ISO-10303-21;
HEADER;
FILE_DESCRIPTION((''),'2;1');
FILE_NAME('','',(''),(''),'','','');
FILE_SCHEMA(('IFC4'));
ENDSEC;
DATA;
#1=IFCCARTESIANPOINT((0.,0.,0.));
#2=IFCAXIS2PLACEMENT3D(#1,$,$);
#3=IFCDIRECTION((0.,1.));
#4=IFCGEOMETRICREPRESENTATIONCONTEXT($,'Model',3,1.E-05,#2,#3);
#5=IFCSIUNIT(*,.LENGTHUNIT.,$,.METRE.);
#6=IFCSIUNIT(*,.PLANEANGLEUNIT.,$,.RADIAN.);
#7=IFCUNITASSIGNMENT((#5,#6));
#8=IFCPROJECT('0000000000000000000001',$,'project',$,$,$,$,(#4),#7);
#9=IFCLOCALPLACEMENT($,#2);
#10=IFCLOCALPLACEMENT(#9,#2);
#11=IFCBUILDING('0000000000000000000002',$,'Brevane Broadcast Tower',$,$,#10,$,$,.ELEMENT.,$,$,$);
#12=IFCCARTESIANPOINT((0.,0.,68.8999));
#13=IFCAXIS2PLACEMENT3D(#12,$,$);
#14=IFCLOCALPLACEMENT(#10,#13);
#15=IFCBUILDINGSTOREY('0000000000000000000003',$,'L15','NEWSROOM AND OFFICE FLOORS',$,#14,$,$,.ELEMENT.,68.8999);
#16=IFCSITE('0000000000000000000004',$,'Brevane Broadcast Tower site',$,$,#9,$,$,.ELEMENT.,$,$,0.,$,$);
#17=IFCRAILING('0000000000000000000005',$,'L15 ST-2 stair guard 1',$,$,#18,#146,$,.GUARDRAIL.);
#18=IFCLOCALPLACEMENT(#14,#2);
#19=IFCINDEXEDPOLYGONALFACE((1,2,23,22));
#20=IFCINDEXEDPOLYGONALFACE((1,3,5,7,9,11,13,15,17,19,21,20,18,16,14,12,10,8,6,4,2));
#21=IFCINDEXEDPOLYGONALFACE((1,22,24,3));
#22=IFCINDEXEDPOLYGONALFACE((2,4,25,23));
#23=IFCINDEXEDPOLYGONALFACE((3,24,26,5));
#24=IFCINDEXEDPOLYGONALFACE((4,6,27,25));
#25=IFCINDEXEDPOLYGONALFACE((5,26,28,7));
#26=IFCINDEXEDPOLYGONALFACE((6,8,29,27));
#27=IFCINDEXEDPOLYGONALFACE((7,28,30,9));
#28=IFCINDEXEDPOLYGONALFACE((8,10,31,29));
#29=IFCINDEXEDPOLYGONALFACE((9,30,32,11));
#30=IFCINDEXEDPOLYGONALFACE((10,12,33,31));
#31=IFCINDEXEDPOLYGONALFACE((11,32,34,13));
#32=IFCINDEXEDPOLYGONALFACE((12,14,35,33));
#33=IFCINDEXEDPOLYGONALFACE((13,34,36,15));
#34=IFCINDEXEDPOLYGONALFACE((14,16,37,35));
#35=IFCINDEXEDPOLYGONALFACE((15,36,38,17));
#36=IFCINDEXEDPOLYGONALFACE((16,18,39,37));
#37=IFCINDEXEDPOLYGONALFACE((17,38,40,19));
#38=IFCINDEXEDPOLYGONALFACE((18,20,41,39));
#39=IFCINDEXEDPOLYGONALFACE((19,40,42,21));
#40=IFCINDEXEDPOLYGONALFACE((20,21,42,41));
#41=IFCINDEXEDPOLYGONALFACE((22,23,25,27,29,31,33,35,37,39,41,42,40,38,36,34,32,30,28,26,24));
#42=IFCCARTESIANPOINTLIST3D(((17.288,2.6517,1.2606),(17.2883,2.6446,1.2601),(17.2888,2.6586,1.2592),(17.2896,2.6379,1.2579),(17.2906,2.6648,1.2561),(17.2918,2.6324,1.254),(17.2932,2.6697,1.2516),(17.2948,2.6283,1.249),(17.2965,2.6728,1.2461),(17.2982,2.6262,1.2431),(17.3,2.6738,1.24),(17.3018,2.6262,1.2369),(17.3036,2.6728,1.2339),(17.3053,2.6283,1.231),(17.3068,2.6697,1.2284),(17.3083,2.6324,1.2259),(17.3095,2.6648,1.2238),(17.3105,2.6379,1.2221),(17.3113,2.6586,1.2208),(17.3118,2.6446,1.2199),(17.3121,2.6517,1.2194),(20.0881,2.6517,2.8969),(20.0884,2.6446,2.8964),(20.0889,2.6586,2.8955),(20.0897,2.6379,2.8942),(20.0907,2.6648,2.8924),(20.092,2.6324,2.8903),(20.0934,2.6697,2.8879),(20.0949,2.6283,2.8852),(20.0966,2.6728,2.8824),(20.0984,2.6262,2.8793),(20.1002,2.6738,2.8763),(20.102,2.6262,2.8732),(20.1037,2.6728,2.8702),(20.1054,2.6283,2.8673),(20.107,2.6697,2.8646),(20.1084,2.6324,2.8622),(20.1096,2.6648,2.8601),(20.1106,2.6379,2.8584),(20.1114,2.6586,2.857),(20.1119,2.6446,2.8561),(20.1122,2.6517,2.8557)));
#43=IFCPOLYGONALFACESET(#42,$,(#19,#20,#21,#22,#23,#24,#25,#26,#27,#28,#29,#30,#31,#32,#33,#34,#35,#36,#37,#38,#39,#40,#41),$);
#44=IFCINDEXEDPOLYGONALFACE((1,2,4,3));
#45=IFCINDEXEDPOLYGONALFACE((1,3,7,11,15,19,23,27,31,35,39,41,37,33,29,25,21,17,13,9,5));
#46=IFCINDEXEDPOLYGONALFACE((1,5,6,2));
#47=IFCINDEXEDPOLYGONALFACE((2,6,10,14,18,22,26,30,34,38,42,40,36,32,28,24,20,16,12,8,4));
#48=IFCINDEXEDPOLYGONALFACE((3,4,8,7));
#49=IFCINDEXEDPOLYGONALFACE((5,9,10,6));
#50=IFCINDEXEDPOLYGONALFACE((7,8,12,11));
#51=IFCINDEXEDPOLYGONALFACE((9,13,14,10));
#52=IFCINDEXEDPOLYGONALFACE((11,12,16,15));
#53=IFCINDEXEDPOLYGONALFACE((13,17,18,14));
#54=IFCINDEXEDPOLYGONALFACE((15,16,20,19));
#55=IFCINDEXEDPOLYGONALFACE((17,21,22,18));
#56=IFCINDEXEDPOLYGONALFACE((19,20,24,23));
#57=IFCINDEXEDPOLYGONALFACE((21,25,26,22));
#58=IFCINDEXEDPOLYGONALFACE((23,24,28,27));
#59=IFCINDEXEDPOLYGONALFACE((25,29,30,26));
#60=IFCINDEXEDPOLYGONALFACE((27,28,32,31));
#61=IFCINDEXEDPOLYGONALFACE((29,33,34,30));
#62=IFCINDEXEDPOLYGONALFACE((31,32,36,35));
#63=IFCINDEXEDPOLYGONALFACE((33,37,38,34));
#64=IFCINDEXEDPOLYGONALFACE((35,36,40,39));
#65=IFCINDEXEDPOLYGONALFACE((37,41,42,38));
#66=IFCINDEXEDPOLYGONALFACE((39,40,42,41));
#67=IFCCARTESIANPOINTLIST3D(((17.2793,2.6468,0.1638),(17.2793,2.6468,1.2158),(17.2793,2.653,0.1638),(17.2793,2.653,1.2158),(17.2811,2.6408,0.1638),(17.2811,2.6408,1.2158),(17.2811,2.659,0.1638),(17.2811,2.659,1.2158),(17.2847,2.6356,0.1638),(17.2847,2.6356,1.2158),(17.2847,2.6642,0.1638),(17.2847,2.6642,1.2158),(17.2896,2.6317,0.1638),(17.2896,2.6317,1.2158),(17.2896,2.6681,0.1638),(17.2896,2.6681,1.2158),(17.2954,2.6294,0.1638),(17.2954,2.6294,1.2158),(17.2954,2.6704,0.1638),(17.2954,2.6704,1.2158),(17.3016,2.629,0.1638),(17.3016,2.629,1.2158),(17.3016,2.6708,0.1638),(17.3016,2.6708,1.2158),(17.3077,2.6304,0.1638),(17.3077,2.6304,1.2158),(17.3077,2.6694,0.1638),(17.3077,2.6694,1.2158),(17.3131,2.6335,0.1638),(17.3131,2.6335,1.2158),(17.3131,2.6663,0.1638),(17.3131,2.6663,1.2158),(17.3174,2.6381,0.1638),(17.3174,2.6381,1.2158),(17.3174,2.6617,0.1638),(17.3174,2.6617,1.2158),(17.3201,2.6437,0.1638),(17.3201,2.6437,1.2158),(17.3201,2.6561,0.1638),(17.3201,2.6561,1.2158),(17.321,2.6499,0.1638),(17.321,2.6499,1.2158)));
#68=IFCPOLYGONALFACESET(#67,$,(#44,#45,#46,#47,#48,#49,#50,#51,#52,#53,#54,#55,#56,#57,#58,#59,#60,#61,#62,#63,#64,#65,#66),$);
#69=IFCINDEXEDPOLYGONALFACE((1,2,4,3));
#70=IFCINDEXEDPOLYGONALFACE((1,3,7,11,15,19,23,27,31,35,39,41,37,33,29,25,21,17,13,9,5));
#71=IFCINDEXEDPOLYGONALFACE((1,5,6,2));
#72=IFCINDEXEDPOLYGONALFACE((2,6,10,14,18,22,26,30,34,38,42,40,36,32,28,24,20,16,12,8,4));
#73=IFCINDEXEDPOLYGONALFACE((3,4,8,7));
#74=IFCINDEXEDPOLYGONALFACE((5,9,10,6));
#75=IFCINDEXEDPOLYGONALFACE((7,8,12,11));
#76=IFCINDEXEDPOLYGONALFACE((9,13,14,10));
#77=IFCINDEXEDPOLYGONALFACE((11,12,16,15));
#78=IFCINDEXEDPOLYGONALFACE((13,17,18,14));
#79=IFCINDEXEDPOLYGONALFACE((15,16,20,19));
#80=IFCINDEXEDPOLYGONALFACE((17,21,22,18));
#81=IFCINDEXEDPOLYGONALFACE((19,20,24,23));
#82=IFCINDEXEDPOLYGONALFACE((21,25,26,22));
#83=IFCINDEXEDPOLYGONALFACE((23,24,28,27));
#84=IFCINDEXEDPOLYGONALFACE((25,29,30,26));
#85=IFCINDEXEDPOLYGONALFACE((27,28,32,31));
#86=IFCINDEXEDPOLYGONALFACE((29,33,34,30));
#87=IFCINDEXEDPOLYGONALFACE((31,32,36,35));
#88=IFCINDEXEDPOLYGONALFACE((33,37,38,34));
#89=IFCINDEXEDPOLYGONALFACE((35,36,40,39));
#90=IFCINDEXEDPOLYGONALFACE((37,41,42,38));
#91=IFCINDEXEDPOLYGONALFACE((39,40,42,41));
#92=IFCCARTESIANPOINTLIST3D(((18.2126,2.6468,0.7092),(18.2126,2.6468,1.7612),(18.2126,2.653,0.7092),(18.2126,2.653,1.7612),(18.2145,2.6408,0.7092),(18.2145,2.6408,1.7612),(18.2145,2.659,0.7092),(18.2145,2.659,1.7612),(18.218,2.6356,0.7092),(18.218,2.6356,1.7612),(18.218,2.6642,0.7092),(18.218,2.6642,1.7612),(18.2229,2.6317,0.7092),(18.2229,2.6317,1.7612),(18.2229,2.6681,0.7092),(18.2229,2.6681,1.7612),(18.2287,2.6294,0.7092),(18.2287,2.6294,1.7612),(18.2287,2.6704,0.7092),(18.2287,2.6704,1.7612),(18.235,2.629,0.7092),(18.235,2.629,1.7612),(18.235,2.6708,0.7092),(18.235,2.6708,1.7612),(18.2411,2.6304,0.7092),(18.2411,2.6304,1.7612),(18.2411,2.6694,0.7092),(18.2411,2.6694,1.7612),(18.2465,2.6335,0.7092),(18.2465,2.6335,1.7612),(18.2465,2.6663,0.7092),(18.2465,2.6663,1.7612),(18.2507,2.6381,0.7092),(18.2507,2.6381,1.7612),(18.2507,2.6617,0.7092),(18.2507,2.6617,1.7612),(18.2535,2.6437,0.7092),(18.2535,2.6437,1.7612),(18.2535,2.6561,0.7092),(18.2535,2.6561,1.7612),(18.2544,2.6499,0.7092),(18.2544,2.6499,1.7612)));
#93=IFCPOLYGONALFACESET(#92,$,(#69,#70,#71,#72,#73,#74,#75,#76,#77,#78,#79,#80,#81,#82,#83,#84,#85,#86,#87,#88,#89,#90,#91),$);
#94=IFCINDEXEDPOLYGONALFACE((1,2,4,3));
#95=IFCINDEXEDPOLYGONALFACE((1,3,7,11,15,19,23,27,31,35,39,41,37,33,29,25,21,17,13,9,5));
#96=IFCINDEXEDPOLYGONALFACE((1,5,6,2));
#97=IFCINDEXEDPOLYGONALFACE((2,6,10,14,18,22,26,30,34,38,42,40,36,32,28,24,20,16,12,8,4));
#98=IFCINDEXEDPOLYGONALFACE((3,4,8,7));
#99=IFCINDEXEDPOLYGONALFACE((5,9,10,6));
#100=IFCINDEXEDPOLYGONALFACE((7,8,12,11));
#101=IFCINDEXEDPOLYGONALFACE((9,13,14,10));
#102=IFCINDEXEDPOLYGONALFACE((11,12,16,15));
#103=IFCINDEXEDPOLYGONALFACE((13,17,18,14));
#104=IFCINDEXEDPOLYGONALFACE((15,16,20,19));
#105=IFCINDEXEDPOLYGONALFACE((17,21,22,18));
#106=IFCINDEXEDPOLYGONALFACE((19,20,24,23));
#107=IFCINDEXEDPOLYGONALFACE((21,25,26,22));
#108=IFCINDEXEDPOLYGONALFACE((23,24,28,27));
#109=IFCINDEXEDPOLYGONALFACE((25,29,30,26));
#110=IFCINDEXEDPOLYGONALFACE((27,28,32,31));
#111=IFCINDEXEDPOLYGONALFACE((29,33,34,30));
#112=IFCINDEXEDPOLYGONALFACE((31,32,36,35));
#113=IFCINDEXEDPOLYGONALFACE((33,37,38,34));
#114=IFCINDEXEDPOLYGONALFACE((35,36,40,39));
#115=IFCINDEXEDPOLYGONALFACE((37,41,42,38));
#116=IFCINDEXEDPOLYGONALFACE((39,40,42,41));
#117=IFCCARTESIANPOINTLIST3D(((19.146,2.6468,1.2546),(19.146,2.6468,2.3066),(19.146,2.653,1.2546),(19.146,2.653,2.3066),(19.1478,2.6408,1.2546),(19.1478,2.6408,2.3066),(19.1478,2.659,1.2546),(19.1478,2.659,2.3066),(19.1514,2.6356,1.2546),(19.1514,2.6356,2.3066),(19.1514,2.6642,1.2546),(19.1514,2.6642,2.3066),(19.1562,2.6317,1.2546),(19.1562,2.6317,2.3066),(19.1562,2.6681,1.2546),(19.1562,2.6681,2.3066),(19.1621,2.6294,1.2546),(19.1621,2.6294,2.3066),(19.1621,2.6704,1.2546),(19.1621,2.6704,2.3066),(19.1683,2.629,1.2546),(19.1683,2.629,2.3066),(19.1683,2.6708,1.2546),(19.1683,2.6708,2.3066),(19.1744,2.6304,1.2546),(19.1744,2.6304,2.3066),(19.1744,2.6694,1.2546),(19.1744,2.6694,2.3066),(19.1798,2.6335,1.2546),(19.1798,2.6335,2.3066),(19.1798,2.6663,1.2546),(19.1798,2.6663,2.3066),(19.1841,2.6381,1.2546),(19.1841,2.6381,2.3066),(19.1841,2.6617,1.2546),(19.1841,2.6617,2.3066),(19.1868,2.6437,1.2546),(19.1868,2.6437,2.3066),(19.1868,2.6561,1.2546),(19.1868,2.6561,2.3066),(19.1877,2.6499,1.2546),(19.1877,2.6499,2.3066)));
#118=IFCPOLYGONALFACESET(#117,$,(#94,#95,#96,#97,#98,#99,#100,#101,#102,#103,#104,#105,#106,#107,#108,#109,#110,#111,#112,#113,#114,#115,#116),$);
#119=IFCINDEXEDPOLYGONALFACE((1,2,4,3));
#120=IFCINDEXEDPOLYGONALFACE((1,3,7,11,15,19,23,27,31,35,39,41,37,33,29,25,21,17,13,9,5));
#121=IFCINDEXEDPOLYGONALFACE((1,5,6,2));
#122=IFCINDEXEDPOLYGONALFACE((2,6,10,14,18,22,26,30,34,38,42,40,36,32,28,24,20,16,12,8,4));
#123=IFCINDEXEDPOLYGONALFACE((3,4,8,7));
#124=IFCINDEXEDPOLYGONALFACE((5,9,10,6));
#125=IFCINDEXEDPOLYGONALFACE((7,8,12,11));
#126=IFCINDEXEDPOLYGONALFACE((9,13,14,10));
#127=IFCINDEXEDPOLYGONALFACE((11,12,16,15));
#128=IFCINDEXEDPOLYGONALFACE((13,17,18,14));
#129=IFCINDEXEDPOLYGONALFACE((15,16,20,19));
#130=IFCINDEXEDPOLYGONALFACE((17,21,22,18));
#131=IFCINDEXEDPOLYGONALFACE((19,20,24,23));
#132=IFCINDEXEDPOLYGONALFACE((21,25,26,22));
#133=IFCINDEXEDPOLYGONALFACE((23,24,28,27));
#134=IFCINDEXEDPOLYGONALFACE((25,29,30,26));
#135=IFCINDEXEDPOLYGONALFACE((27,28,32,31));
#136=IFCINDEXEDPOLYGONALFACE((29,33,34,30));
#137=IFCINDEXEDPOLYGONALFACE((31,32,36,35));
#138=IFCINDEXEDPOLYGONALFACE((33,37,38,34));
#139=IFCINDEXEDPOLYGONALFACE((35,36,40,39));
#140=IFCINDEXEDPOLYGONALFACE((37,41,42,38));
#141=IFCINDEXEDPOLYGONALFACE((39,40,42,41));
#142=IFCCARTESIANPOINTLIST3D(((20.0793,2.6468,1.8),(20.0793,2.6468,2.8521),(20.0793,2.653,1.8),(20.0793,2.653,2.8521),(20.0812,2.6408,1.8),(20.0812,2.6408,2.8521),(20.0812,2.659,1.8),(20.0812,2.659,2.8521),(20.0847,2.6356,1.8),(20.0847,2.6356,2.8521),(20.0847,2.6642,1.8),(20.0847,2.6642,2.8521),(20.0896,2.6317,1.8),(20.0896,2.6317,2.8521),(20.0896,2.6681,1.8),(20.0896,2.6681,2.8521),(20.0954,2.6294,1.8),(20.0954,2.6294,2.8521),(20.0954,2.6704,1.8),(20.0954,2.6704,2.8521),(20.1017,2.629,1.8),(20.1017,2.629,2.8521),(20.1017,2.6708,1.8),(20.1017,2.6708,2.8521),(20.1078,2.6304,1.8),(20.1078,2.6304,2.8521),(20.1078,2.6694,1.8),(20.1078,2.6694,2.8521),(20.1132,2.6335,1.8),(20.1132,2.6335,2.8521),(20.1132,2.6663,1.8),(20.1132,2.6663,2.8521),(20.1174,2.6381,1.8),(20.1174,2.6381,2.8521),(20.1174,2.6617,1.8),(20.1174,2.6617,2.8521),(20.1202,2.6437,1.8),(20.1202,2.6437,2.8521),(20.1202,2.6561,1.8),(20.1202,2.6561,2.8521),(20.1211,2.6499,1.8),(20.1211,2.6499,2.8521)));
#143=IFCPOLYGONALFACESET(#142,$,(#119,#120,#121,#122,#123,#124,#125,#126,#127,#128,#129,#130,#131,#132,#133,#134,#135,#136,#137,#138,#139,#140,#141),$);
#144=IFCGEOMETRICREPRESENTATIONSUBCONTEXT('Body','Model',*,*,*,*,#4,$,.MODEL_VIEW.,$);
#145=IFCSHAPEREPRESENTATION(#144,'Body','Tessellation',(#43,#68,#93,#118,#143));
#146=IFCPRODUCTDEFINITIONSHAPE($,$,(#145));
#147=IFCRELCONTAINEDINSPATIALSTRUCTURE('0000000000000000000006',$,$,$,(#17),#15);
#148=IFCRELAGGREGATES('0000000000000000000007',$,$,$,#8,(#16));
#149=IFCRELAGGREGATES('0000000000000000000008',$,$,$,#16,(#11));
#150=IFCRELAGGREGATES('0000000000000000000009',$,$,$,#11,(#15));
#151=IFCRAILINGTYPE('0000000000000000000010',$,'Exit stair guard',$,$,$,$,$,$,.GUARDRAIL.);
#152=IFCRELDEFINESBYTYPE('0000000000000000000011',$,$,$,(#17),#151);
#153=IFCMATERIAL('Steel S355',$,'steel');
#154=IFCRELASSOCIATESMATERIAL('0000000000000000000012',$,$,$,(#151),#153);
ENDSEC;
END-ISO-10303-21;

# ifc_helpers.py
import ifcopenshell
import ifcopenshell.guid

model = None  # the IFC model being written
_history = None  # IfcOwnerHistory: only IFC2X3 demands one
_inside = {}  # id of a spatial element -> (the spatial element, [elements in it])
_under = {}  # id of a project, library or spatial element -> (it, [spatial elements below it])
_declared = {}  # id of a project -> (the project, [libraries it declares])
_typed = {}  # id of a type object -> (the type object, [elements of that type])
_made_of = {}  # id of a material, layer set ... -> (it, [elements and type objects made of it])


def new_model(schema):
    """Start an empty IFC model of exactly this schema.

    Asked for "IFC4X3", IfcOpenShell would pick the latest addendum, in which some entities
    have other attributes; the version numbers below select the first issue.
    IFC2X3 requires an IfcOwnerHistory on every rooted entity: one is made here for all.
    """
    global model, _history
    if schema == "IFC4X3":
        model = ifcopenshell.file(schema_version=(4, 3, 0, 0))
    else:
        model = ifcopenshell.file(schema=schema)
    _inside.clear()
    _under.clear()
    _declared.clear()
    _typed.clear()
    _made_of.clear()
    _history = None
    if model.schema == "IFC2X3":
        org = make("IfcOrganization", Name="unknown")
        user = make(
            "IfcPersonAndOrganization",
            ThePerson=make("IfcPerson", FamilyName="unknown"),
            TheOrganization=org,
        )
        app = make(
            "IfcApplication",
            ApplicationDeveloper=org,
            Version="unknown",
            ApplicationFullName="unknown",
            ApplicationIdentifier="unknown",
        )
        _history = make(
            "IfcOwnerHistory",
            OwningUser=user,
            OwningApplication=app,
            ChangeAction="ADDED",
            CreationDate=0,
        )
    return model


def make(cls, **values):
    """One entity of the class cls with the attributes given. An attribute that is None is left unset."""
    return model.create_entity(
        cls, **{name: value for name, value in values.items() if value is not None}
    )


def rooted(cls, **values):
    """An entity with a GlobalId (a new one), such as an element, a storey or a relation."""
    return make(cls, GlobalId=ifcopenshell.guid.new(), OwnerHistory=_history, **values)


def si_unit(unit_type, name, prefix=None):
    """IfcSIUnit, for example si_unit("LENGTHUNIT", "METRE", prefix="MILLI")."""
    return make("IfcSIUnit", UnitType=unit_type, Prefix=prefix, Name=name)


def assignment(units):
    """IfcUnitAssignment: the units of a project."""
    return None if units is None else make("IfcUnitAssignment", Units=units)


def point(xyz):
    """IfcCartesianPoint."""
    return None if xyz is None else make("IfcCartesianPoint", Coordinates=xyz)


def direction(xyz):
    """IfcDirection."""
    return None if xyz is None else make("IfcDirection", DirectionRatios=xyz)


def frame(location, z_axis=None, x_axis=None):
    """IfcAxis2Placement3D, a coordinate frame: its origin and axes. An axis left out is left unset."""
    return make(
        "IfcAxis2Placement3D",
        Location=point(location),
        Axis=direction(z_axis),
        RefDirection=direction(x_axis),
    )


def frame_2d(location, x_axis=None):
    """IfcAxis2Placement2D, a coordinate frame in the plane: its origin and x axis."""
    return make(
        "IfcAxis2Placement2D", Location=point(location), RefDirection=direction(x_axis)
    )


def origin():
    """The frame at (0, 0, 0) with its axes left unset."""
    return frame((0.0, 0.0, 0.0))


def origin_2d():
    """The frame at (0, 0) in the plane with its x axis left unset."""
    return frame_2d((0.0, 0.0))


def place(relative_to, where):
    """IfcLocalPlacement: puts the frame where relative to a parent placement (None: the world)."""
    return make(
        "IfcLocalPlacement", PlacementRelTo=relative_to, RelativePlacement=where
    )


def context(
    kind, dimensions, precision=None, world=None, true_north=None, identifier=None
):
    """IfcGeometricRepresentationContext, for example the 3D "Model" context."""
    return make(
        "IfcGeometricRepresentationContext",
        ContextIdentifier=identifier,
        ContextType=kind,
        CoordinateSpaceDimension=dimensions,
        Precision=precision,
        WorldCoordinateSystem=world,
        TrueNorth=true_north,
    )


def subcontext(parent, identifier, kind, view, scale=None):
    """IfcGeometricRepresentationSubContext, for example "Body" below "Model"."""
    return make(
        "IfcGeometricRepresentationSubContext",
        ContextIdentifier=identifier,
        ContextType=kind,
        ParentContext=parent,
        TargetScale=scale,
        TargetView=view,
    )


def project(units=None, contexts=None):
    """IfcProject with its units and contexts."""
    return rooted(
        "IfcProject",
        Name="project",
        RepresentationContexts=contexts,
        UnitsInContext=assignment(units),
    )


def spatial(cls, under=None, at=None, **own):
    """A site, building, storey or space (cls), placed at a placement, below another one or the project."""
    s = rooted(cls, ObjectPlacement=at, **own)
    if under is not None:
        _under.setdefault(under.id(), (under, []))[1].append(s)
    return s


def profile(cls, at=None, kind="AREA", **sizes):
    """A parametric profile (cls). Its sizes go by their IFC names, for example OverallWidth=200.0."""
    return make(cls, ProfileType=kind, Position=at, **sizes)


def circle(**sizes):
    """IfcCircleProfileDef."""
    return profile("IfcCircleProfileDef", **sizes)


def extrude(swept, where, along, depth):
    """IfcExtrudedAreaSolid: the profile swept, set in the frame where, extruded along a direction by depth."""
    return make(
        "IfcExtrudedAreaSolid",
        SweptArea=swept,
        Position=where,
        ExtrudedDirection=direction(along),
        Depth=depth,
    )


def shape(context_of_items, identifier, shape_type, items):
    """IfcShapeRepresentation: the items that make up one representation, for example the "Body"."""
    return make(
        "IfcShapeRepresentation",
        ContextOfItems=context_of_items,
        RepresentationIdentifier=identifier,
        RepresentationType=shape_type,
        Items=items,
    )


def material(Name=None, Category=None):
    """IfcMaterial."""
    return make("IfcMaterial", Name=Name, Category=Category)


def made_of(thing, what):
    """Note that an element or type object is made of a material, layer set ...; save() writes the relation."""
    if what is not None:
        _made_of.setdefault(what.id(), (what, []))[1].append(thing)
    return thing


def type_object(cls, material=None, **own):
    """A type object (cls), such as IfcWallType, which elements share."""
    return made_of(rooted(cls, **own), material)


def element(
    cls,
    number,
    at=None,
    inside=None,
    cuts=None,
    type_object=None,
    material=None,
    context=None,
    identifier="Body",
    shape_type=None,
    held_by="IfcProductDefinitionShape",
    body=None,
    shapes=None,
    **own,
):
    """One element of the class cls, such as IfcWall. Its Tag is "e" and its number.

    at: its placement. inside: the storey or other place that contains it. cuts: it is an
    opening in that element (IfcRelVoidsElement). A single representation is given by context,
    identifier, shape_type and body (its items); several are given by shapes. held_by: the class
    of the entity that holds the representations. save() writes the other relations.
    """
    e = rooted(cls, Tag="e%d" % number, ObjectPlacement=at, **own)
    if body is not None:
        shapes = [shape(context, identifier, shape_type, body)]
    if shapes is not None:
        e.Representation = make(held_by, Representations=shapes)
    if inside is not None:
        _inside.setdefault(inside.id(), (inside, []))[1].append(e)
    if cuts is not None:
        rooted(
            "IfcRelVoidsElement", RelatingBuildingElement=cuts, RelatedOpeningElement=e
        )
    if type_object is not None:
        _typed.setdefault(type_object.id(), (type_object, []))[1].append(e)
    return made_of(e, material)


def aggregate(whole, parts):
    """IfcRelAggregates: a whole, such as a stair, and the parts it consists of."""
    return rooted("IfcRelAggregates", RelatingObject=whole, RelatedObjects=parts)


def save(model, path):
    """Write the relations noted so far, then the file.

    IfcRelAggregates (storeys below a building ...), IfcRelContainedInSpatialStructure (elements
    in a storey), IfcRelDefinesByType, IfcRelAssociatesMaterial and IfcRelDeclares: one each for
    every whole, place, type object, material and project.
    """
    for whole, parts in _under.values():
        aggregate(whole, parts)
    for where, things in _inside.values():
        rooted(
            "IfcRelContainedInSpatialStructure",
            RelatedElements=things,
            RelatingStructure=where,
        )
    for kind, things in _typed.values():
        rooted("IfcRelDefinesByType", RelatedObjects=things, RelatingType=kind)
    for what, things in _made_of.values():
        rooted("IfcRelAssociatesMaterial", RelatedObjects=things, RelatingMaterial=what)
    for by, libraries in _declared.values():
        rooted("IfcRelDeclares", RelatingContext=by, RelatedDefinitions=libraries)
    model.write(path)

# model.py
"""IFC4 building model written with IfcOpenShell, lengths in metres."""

from ifc_helpers import new_model, si_unit, direction, frame, origin, origin_2d, place, context, subcontext, project, spatial, circle, extrude, material, type_object, element, save


model = new_model("IFC4")

# Units and contexts
model_context = context("Model", 3, precision=1e-05, world=origin(), true_north=direction((0.0, 1.0)))
body_context = subcontext(model_context, "Body", "Model", "MODEL_VIEW")
ifc_project = project(units=[si_unit("LENGTHUNIT", "METRE"), si_unit("PLANEANGLEUNIT", "RADIAN")], contexts=[model_context])

# Site, building, storey
site_placement = place(None, origin())
site = spatial("IfcSite", under=ifc_project, at=site_placement, Name="Brevane Broadcast Tower site", CompositionType="ELEMENT", RefElevation=0.0)
building_placement = place(site_placement, origin())
building = spatial("IfcBuilding", under=site, at=building_placement, Name="Brevane Broadcast Tower", CompositionType="ELEMENT")
storey_placement = place(building_placement, frame((0.0, 0.0, 68.8999)))
storey = spatial("IfcBuildingStorey", under=building, at=storey_placement, Name="L15", Description="NEWSROOM AND OFFICE FLOORS", CompositionType="ELEMENT", Elevation=68.8999)

# Railing
ifc_material_1 = material(Name="Steel S355", Category="steel")
railing_type_1 = type_object("IfcRailingType", Name="Exit stair guard", PredefinedType="GUARDRAIL", material=ifc_material_1)
railing_1_placement = place(storey_placement, frame((17.3, 2.6499, 0.1638)))
element("IfcRailing", 1, at=railing_1_placement, inside=storey, type_object=railing_type_1, Name="L15 ST-2 stair guard 1", PredefinedType="GUARDRAIL", context=body_context, shape_type="SweptSolid", body=[
    extrude(circle(Radius=0.0239, at=origin_2d()), frame((0.0, 0.0, 1.0762), z_axis=(0.863394, 0.0, 0.504531), x_axis=(0.0, 1.0, 0.0)), (0.0, 0.0, 1.0), 3.2432),
    extrude(circle(Radius=0.021, at=origin_2d()), origin(), (0.0, 0.0, 1.0), 1.052),
    extrude(circle(Radius=0.021, at=origin_2d()), frame((0.9333, 0.0, 0.5454)), (0.0, 0.0, 1.0), 1.052),
    extrude(circle(Radius=0.021, at=origin_2d()), frame((1.8667, 0.0, 1.0908)), (0.0, 0.0, 1.0), 1.052),
    extrude(circle(Radius=0.021, at=origin_2d()), frame((2.8, 0.0, 1.6362)), (0.0, 0.0, 1.0), 1.052),
])

save(model, "model.ifc")
